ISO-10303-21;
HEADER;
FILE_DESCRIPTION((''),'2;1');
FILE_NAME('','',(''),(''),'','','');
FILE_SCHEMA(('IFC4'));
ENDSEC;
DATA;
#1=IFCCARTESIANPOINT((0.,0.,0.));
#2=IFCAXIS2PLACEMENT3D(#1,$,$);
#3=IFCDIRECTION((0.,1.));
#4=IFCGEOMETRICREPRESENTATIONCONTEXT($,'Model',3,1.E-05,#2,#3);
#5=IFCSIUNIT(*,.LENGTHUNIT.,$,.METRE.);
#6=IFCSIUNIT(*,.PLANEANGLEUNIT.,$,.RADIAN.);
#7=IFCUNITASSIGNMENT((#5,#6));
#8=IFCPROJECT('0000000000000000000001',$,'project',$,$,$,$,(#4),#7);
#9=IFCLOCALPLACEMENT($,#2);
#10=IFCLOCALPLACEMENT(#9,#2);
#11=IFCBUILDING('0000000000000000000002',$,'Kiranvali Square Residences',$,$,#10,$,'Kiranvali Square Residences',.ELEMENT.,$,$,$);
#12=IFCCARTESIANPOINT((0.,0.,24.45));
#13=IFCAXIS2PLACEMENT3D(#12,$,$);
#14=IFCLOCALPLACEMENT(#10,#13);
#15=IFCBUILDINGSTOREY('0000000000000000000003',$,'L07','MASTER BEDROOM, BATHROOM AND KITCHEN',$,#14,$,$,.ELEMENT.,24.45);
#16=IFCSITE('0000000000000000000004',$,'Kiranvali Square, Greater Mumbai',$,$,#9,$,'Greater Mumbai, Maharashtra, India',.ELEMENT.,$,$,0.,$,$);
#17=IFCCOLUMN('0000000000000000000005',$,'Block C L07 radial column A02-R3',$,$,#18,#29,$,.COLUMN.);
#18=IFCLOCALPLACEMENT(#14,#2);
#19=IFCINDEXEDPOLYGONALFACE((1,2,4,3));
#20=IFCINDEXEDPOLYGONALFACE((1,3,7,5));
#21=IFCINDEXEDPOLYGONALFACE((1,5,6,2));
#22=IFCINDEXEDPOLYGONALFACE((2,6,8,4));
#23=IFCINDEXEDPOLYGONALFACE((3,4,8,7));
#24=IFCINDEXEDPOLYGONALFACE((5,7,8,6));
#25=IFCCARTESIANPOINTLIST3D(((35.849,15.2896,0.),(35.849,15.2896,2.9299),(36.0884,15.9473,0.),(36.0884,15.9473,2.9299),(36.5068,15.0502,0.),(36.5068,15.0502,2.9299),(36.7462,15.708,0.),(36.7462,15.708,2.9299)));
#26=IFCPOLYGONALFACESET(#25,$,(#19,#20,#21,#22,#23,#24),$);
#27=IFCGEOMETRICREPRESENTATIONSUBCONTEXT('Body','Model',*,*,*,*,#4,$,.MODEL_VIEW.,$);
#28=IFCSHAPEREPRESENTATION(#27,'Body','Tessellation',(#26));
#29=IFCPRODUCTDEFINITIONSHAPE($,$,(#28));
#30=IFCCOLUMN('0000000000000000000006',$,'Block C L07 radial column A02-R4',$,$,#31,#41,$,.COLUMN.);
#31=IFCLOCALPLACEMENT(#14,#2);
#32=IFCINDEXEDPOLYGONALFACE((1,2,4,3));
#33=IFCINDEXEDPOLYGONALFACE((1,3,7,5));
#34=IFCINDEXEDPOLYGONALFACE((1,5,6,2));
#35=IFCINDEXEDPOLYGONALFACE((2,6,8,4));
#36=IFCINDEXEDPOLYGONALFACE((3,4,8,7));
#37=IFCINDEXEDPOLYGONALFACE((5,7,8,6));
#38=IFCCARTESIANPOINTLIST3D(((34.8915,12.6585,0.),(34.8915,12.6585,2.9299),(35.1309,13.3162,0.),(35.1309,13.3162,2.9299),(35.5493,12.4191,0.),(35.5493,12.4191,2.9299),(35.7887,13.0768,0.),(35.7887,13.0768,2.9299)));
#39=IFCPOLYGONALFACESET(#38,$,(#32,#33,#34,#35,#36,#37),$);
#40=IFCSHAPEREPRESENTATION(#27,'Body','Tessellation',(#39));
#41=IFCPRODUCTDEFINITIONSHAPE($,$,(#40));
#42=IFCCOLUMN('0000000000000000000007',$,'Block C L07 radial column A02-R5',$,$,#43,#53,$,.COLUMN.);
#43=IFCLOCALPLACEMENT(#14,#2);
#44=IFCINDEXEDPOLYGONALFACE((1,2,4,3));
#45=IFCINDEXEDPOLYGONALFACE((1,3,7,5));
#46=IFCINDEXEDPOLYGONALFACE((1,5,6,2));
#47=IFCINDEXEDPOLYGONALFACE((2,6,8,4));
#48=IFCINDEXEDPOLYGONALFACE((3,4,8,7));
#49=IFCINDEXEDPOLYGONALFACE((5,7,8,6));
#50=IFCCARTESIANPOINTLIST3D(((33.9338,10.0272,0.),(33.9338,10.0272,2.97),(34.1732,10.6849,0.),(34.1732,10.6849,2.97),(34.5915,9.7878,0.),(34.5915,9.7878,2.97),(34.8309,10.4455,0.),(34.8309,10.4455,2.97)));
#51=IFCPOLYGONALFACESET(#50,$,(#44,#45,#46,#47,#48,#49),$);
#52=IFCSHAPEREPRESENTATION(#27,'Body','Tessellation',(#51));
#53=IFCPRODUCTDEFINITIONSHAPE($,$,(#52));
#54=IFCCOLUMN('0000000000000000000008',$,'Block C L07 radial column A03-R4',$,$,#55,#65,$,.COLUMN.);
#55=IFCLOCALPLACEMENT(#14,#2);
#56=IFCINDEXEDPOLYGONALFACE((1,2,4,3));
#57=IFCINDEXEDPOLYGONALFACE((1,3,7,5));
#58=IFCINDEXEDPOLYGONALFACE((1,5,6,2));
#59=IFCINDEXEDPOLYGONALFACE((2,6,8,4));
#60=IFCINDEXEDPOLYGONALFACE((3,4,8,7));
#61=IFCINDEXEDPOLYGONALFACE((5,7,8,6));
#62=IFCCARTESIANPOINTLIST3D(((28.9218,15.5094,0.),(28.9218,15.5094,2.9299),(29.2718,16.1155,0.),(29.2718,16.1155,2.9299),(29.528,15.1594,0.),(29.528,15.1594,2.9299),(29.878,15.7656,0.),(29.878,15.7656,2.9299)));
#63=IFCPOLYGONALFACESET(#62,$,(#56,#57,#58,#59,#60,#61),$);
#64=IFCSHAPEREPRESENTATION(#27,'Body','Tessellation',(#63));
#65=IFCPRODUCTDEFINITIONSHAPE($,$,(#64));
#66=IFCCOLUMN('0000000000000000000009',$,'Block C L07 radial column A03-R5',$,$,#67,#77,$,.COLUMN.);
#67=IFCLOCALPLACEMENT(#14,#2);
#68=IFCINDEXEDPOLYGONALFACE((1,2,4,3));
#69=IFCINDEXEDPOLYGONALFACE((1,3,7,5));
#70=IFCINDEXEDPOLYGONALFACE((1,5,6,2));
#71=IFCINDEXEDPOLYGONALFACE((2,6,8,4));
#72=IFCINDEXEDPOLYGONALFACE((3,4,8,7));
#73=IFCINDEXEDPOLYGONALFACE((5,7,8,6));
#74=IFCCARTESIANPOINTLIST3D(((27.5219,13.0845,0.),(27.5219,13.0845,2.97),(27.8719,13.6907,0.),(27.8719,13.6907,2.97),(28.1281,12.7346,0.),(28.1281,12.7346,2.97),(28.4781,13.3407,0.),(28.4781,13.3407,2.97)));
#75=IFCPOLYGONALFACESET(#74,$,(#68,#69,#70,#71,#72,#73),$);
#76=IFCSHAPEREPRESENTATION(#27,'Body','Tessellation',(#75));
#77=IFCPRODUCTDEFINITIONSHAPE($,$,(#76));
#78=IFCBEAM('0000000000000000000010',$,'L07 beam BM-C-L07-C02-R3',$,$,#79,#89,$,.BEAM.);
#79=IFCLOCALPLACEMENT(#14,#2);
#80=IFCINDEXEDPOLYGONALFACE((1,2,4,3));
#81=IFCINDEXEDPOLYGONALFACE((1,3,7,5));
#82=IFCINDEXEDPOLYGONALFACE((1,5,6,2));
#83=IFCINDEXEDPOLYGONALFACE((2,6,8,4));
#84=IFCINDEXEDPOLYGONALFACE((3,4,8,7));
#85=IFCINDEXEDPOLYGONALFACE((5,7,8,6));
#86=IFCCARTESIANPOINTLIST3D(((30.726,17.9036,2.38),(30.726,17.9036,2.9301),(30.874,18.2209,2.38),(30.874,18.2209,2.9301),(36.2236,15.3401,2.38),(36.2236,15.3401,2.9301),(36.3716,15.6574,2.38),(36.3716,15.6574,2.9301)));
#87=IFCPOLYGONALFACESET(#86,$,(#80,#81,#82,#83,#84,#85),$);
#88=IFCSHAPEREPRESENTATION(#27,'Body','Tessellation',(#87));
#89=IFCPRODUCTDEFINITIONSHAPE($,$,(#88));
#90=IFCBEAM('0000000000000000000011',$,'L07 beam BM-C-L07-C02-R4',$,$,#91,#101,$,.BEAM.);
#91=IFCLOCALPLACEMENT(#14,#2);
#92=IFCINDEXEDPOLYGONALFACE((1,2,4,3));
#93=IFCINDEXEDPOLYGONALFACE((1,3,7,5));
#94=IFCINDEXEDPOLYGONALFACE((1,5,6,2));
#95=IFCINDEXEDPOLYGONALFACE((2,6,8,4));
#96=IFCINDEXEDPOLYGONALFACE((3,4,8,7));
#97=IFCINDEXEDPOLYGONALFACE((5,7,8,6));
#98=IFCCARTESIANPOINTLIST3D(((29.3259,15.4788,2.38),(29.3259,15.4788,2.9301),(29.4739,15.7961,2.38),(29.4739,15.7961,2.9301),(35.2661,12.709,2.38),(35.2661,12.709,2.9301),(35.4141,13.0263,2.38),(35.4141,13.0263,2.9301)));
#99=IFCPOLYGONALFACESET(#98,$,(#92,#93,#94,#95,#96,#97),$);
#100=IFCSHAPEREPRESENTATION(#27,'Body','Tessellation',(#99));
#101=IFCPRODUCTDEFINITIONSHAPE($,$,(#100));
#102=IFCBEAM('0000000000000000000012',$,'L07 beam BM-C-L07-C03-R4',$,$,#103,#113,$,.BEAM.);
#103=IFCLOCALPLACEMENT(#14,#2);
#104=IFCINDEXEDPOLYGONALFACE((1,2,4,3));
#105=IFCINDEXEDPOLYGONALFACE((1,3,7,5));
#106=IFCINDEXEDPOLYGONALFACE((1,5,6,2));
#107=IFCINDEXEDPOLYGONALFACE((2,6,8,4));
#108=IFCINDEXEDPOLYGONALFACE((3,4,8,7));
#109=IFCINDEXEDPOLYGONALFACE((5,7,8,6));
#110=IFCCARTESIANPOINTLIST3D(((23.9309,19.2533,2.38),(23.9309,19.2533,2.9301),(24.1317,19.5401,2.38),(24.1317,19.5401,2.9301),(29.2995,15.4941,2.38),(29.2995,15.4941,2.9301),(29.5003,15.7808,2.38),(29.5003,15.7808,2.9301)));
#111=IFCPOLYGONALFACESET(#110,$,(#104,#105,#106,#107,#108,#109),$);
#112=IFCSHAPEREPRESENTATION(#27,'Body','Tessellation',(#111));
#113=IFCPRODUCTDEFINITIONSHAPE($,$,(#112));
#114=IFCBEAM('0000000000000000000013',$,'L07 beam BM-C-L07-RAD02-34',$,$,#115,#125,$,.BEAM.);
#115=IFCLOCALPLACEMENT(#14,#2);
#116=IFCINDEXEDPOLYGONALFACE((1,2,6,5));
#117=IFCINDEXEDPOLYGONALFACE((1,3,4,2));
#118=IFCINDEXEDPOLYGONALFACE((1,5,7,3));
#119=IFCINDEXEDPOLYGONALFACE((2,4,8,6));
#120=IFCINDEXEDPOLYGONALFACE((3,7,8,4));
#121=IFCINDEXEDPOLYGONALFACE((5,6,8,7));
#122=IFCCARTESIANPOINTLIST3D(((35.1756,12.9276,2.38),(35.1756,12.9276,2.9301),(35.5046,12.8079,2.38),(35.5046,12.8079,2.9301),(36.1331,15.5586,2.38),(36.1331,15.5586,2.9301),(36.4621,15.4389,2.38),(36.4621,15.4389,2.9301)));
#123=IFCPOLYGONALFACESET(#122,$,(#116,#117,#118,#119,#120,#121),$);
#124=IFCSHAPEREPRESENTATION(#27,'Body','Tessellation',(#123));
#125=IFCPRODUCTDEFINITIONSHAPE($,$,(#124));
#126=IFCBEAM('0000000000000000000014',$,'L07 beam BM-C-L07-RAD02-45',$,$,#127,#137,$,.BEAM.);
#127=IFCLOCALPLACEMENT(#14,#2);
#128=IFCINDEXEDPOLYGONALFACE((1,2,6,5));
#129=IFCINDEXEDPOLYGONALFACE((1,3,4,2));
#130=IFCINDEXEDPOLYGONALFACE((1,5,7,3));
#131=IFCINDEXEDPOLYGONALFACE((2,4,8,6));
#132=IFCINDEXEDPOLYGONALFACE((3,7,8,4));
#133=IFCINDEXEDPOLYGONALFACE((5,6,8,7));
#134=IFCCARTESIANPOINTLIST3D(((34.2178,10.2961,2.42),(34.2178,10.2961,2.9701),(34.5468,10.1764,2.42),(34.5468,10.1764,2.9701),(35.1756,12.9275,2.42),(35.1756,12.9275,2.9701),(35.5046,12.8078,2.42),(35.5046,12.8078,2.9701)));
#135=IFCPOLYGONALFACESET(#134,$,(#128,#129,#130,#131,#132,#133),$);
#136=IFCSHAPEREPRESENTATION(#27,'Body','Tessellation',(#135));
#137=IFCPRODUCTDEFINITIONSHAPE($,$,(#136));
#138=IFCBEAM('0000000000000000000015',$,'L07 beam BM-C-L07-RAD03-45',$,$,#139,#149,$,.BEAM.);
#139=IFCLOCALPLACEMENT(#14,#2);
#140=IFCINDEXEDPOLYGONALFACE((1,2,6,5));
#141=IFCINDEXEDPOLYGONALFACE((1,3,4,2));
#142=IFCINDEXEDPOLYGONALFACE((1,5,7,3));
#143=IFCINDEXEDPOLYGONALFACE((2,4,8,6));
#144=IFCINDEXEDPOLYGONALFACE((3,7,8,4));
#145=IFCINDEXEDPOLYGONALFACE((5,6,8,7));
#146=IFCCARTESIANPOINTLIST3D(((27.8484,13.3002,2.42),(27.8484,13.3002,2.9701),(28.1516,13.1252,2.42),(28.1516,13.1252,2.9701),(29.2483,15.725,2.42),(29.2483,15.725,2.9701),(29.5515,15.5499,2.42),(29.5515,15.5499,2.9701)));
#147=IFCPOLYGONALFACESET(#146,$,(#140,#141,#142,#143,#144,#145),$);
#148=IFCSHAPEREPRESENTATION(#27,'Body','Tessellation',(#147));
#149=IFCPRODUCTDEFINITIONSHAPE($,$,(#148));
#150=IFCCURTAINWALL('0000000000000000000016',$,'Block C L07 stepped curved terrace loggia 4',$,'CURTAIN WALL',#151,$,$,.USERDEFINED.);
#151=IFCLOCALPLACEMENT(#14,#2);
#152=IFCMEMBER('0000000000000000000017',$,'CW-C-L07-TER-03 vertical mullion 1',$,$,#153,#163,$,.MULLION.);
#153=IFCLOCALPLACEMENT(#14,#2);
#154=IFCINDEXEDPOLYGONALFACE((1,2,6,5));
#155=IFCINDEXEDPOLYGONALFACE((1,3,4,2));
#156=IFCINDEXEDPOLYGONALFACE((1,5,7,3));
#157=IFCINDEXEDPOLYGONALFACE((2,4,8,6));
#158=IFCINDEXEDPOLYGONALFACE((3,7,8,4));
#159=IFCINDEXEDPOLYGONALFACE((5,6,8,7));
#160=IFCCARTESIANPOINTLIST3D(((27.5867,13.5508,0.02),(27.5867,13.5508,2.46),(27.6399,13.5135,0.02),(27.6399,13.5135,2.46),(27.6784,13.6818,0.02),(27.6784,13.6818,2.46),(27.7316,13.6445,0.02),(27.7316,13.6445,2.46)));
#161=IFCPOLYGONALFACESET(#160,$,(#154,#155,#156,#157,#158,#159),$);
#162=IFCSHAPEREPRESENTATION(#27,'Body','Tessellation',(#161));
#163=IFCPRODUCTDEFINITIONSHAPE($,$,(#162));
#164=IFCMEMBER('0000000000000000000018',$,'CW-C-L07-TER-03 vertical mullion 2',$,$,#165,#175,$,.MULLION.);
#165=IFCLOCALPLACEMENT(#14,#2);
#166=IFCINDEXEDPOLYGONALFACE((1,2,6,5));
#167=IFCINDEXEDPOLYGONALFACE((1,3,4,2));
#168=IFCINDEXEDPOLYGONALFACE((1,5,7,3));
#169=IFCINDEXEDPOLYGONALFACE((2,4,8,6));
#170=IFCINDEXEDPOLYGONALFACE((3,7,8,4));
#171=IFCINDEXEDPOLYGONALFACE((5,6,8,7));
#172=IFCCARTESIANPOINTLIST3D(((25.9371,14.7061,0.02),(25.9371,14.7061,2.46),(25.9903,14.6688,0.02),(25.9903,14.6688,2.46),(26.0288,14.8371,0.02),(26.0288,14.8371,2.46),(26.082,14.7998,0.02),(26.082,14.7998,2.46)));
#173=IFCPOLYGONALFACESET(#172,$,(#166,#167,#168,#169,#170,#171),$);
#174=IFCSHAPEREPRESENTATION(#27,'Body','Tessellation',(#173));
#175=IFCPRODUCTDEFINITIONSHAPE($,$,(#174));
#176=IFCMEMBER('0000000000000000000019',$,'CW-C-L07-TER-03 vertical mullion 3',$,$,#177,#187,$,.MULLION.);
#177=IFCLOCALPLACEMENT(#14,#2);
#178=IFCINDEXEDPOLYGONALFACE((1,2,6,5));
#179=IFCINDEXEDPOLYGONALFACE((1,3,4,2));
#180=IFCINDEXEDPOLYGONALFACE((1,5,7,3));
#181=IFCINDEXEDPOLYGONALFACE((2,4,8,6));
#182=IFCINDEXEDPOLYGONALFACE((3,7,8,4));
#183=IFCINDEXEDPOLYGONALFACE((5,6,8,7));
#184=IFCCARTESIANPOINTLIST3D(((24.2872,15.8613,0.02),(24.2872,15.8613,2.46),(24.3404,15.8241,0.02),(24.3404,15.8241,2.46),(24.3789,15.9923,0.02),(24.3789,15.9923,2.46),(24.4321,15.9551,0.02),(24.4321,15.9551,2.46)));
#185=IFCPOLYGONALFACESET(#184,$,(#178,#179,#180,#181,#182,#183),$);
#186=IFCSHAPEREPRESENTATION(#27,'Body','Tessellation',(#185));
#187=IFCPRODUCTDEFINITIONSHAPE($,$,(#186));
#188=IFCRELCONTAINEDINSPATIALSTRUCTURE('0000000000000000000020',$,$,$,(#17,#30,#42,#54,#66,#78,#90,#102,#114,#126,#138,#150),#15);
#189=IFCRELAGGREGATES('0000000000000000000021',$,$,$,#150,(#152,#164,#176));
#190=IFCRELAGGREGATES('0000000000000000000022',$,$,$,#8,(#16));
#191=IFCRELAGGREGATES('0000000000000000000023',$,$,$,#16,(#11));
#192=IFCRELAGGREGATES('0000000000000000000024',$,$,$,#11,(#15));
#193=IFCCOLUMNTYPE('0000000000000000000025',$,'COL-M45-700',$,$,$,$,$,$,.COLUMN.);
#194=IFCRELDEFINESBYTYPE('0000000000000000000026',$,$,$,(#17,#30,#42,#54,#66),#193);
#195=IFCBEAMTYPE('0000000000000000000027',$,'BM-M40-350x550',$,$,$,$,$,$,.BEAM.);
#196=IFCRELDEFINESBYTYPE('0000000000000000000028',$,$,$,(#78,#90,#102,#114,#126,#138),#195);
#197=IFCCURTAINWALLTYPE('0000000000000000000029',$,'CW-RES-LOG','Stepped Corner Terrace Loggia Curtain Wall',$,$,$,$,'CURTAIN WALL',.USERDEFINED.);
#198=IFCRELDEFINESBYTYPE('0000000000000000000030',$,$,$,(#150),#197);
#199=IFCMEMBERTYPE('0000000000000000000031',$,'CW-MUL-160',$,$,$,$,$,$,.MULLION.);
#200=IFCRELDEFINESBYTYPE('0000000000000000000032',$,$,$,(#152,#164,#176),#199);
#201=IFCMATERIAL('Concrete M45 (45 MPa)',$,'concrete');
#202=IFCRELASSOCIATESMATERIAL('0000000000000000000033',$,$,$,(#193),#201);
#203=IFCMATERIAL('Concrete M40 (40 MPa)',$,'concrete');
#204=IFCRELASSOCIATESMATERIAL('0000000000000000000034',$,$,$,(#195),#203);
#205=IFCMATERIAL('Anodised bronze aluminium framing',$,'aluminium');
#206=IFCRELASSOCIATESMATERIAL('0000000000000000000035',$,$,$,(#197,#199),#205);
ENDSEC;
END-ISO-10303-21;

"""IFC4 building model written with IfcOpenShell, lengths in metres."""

from ifc_helpers import new_model, si_unit, direction, frame, origin, origin_2d, place, context, subcontext, project, spatial, rectangle, extrude, material, material_profile, profile_set, type_object, element, aggregate, save


model = new_model("IFC4")

# Units and contexts
model_context = context("Model", 3, precision=1e-05, world=origin(), true_north=direction((0.0, 1.0)))
body_context = subcontext(model_context, "Body", "Model", "MODEL_VIEW")
ifc_project = project(units=[si_unit("LENGTHUNIT", "METRE"), si_unit("PLANEANGLEUNIT", "RADIAN")], contexts=[model_context])

# Site, building, storey
site_placement = place(None, origin())
site = spatial("IfcSite", under=ifc_project, at=site_placement, Name="Kiranvali Square, Greater Mumbai", LongName="Greater Mumbai, Maharashtra, India", CompositionType="ELEMENT", RefElevation=0.0)
building_placement = place(site_placement, origin())
building = spatial("IfcBuilding", under=site, at=building_placement, Name="Kiranvali Square Residences", LongName="Kiranvali Square Residences", CompositionType="ELEMENT")
storey_placement = place(building_placement, frame((0.0, 0.0, 24.45)))
storey = spatial("IfcBuildingStorey", under=building, at=storey_placement, Name="L07", Description="MASTER BEDROOM, BATHROOM AND KITCHEN", CompositionType="ELEMENT", Elevation=24.45)

# Columns
ifc_material_1 = material(Name="Concrete M45 (45 MPa)", Category="concrete")
ifc_material_profile_1 = material_profile(ifc_material_1, rectangle(XDim=0.7, YDim=0.7, at=origin_2d()), Name="RC 700x700")
ifc_profile_set_1 = profile_set([ifc_material_profile_1], Name="Concrete M45 (45 MPa)")
column_type = type_object("IfcColumnType", Name="COL-M45-700", PredefinedType="COLUMN", material=ifc_profile_set_1)
for number, where, z_axis, x_axis, name in (
    (1, (36.2976, 15.4988, 0.0), (0.0, 0.0, 1.0), (-0.939693, 0.34202, 0.0), "Block C L07 radial column A02-R3"),
    (2, (35.3401, 12.8677, 0.0), (0.0, 0.0, 1.0), (-0.939693, 0.34202, 0.0), "Block C L07 radial column A02-R4"),
):
    element("IfcColumn", number, at=place(storey_placement, frame(where, z_axis=z_axis, x_axis=x_axis)), inside=storey, type_object=column_type, Name=name, PredefinedType="COLUMN", context=body_context, shape_type="SweptSolid", body=[
        extrude(rectangle(XDim=0.7, YDim=0.7, at=origin_2d()), origin(), (0.0, 0.0, 1.0), 2.9299),
    ])
column_1_placement = place(storey_placement, frame((34.3823, 10.2363, 0.0), z_axis=(0.0, 0.0, 1.0), x_axis=(-0.939693, 0.34202, 0.0)))
element("IfcColumn", 3, at=column_1_placement, inside=storey, type_object=column_type, Name="Block C L07 radial column A02-R5", PredefinedType="COLUMN", context=body_context, shape_type="SweptSolid", body=[
    extrude(rectangle(XDim=0.7, YDim=0.7, at=origin_2d()), origin(), (0.0, 0.0, 1.0), 2.97),
])
column_2_placement = place(storey_placement, frame((29.3999, 15.6375, 0.0), z_axis=(0.0, 0.0, 1.0), x_axis=(-0.866025, 0.5, 0.0)))
element("IfcColumn", 4, at=column_2_placement, inside=storey, type_object=column_type, Name="Block C L07 radial column A03-R4", PredefinedType="COLUMN", context=body_context, shape_type="SweptSolid", body=[
    extrude(rectangle(XDim=0.7, YDim=0.7, at=origin_2d()), origin(), (0.0, 0.0, 1.0), 2.9299),
])
column_3_placement = place(storey_placement, frame((28.0, 13.2126, 0.0), z_axis=(0.0, 0.0, 1.0), x_axis=(-0.866025, 0.5, 0.0)))
element("IfcColumn", 5, at=column_3_placement, inside=storey, type_object=column_type, Name="Block C L07 radial column A03-R5", PredefinedType="COLUMN", context=body_context, shape_type="SweptSolid", body=[
    extrude(rectangle(XDim=0.7, YDim=0.7, at=origin_2d()), origin(), (0.0, 0.0, 1.0), 2.97),
])

# Beams
ifc_material_2 = material(Name="Concrete M40 (40 MPa)", Category="concrete")
ifc_material_profile_2 = material_profile(ifc_material_2, rectangle(XDim=0.3501, YDim=0.55, at=origin_2d()), Name="RC 350x550")
ifc_profile_set_2 = profile_set([ifc_material_profile_2], Name="Concrete M40 (40 MPa)")
beam_type_1 = type_object("IfcBeamType", Name="BM-M40-350x550", PredefinedType="BEAM", material=ifc_profile_set_2)
beam_1_placement = place(storey_placement, frame((36.2976, 15.4988, 2.655), z_axis=(-0.906313, 0.422608, 0.0), x_axis=(-0.422608, -0.906313, 0.0)))
element("IfcBeam", 6, at=beam_1_placement, inside=storey, type_object=beam_type_1, Name="L07 beam BM-C-L07-C02-R3", PredefinedType="BEAM", context=body_context, shape_type="SweptSolid", body=[
    extrude(rectangle(XDim=0.3501, YDim=0.55, at=origin_2d()), origin(), (0.0, 0.0, 1.0), 6.0659),
])
beam_2_placement = place(storey_placement, frame((35.3401, 12.8677, 2.655), z_axis=(-0.906318, 0.422596, 0.0), x_axis=(-0.422596, -0.906318, 0.0)))
element("IfcBeam", 7, at=beam_2_placement, inside=storey, type_object=beam_type_1, Name="L07 beam BM-C-L07-C02-R4", PredefinedType="BEAM", context=body_context, shape_type="SweptSolid", body=[
    extrude(rectangle(XDim=0.3501, YDim=0.55, at=origin_2d()), origin(), (0.0, 0.0, 1.0), 6.5542),
])
beam_3_placement = place(storey_placement, frame((29.3999, 15.6375, 2.655), z_axis=(-0.819144, 0.573587, 0.0), x_axis=(-0.573587, -0.819144, 0.0)))
element("IfcBeam", 8, at=beam_3_placement, inside=storey, type_object=beam_type_1, Name="L07 beam BM-C-L07-C03-R4", PredefinedType="BEAM", context=body_context, shape_type="SweptSolid", body=[
    extrude(rectangle(XDim=0.3501, YDim=0.55, at=origin_2d()), origin(), (0.0, 0.0, 1.0), 6.554),
])
beam_4_placement = place(storey_placement, frame((36.2976, 15.4988, 2.655), z_axis=(-0.341981, -0.939707, 0.0), x_axis=(0.939707, -0.341981, 0.0)))
element("IfcBeam", 9, at=beam_4_placement, inside=storey, type_object=beam_type_1, Name="L07 beam BM-C-L07-RAD02-34", PredefinedType="BEAM", context=body_context, shape_type="SweptSolid", body=[
    extrude(rectangle(XDim=0.3501, YDim=0.55, at=origin_2d()), origin(), (0.0, 0.0, 1.0), 2.7998),
])
beam_5_placement = place(storey_placement, frame((35.3401, 12.8677, 2.6951), z_axis=(-0.34203, -0.939689, 0.0), x_axis=(0.939689, -0.34203, 0.0)))
element("IfcBeam", 10, at=beam_5_placement, inside=storey, type_object=beam_type_1, Name="L07 beam BM-C-L07-RAD02-45", PredefinedType="BEAM", context=body_context, shape_type="SweptSolid", body=[
    extrude(rectangle(XDim=0.3501, YDim=0.55, at=origin_2d()), origin(), (0.0, 0.0, 1.0), 2.8003),
])
beam_6_placement = place(storey_placement, frame((29.3999, 15.6375, 2.6951), z_axis=(-0.499984, -0.866035, 0.0), x_axis=(0.866035, -0.499984, 0.0)))
element("IfcBeam", 11, at=beam_6_placement, inside=storey, type_object=beam_type_1, Name="L07 beam BM-C-L07-RAD03-45", PredefinedType="BEAM", context=body_context, shape_type="SweptSolid", body=[
    extrude(rectangle(XDim=0.3501, YDim=0.55, at=origin_2d()), origin(), (0.0, 0.0, 1.0), 2.7998),
])

# Curtain wall, members
ifc_material_3 = material(Name="Anodised bronze aluminium framing", Category="aluminium")
curtain_wall_type = type_object("IfcCurtainWallType", Name="CW-RES-LOG", Description="Stepped Corner Terrace Loggia Curtain Wall", ElementType="CURTAIN WALL", PredefinedType="USERDEFINED", material=ifc_material_3)
curtain_wall_placement = place(storey_placement, origin())
curtain_wall = element("IfcCurtainWall", 12, at=curtain_wall_placement, inside=storey, type_object=curtain_wall_type, Name="Block C L07 stepped curved terrace loggia 4", ObjectType="CURTAIN WALL", PredefinedType="USERDEFINED")
ifc_material_profile_3 = material_profile(ifc_material_3, rectangle(XDim=0.0649, YDim=0.1599, at=origin_2d()), Name="ALU 65x160")
ifc_profile_set_3 = profile_set([ifc_material_profile_3], Name="Anodised bronze aluminium framing")
member_type_1 = type_object("IfcMemberType", Name="CW-MUL-160", PredefinedType="MULLION", material=ifc_profile_set_3)
member_1_placement = place(storey_placement, frame((27.6592, 13.5977, 0.02), z_axis=(0.0, 0.0, 1.0), x_axis=(-0.819152, 0.573576, 0.0)))
member_1 = element("IfcMember", 13, at=member_1_placement, type_object=member_type_1, Name="CW-C-L07-TER-03 vertical mullion 1", PredefinedType="MULLION", context=body_context, shape_type="SweptSolid", body=[
    extrude(rectangle(XDim=0.0649, YDim=0.1599, at=origin_2d()), origin(), (0.0, 0.0, 1.0), 2.4399),
])
member_2_placement = place(storey_placement, frame((26.0095, 14.7529, 0.02), z_axis=(0.0, 0.0, 1.0), x_axis=(-0.819152, 0.573576, 0.0)))
member_2 = element("IfcMember", 14, at=member_2_placement, type_object=member_type_1, Name="CW-C-L07-TER-03 vertical mullion 2", PredefinedType="MULLION", context=body_context, shape_type="SweptSolid", body=[
    extrude(rectangle(XDim=0.0649, YDim=0.1599, at=origin_2d()), origin(), (0.0, 0.0, 1.0), 2.4399),
])
member_3_placement = place(storey_placement, frame((24.3596, 15.9082, 0.02), z_axis=(0.0, 0.0, 1.0), x_axis=(-0.819152, 0.573576, 0.0)))
member_3 = element("IfcMember", 15, at=member_3_placement, type_object=member_type_1, Name="CW-C-L07-TER-03 vertical mullion 3", PredefinedType="MULLION", context=body_context, shape_type="SweptSolid", body=[
    extrude(rectangle(XDim=0.0649, YDim=0.1599, at=origin_2d()), origin(), (0.0, 0.0, 1.0), 2.4399),
])

aggregate(curtain_wall, [member_1, member_2, member_3])

save(model, "model.ifc")
